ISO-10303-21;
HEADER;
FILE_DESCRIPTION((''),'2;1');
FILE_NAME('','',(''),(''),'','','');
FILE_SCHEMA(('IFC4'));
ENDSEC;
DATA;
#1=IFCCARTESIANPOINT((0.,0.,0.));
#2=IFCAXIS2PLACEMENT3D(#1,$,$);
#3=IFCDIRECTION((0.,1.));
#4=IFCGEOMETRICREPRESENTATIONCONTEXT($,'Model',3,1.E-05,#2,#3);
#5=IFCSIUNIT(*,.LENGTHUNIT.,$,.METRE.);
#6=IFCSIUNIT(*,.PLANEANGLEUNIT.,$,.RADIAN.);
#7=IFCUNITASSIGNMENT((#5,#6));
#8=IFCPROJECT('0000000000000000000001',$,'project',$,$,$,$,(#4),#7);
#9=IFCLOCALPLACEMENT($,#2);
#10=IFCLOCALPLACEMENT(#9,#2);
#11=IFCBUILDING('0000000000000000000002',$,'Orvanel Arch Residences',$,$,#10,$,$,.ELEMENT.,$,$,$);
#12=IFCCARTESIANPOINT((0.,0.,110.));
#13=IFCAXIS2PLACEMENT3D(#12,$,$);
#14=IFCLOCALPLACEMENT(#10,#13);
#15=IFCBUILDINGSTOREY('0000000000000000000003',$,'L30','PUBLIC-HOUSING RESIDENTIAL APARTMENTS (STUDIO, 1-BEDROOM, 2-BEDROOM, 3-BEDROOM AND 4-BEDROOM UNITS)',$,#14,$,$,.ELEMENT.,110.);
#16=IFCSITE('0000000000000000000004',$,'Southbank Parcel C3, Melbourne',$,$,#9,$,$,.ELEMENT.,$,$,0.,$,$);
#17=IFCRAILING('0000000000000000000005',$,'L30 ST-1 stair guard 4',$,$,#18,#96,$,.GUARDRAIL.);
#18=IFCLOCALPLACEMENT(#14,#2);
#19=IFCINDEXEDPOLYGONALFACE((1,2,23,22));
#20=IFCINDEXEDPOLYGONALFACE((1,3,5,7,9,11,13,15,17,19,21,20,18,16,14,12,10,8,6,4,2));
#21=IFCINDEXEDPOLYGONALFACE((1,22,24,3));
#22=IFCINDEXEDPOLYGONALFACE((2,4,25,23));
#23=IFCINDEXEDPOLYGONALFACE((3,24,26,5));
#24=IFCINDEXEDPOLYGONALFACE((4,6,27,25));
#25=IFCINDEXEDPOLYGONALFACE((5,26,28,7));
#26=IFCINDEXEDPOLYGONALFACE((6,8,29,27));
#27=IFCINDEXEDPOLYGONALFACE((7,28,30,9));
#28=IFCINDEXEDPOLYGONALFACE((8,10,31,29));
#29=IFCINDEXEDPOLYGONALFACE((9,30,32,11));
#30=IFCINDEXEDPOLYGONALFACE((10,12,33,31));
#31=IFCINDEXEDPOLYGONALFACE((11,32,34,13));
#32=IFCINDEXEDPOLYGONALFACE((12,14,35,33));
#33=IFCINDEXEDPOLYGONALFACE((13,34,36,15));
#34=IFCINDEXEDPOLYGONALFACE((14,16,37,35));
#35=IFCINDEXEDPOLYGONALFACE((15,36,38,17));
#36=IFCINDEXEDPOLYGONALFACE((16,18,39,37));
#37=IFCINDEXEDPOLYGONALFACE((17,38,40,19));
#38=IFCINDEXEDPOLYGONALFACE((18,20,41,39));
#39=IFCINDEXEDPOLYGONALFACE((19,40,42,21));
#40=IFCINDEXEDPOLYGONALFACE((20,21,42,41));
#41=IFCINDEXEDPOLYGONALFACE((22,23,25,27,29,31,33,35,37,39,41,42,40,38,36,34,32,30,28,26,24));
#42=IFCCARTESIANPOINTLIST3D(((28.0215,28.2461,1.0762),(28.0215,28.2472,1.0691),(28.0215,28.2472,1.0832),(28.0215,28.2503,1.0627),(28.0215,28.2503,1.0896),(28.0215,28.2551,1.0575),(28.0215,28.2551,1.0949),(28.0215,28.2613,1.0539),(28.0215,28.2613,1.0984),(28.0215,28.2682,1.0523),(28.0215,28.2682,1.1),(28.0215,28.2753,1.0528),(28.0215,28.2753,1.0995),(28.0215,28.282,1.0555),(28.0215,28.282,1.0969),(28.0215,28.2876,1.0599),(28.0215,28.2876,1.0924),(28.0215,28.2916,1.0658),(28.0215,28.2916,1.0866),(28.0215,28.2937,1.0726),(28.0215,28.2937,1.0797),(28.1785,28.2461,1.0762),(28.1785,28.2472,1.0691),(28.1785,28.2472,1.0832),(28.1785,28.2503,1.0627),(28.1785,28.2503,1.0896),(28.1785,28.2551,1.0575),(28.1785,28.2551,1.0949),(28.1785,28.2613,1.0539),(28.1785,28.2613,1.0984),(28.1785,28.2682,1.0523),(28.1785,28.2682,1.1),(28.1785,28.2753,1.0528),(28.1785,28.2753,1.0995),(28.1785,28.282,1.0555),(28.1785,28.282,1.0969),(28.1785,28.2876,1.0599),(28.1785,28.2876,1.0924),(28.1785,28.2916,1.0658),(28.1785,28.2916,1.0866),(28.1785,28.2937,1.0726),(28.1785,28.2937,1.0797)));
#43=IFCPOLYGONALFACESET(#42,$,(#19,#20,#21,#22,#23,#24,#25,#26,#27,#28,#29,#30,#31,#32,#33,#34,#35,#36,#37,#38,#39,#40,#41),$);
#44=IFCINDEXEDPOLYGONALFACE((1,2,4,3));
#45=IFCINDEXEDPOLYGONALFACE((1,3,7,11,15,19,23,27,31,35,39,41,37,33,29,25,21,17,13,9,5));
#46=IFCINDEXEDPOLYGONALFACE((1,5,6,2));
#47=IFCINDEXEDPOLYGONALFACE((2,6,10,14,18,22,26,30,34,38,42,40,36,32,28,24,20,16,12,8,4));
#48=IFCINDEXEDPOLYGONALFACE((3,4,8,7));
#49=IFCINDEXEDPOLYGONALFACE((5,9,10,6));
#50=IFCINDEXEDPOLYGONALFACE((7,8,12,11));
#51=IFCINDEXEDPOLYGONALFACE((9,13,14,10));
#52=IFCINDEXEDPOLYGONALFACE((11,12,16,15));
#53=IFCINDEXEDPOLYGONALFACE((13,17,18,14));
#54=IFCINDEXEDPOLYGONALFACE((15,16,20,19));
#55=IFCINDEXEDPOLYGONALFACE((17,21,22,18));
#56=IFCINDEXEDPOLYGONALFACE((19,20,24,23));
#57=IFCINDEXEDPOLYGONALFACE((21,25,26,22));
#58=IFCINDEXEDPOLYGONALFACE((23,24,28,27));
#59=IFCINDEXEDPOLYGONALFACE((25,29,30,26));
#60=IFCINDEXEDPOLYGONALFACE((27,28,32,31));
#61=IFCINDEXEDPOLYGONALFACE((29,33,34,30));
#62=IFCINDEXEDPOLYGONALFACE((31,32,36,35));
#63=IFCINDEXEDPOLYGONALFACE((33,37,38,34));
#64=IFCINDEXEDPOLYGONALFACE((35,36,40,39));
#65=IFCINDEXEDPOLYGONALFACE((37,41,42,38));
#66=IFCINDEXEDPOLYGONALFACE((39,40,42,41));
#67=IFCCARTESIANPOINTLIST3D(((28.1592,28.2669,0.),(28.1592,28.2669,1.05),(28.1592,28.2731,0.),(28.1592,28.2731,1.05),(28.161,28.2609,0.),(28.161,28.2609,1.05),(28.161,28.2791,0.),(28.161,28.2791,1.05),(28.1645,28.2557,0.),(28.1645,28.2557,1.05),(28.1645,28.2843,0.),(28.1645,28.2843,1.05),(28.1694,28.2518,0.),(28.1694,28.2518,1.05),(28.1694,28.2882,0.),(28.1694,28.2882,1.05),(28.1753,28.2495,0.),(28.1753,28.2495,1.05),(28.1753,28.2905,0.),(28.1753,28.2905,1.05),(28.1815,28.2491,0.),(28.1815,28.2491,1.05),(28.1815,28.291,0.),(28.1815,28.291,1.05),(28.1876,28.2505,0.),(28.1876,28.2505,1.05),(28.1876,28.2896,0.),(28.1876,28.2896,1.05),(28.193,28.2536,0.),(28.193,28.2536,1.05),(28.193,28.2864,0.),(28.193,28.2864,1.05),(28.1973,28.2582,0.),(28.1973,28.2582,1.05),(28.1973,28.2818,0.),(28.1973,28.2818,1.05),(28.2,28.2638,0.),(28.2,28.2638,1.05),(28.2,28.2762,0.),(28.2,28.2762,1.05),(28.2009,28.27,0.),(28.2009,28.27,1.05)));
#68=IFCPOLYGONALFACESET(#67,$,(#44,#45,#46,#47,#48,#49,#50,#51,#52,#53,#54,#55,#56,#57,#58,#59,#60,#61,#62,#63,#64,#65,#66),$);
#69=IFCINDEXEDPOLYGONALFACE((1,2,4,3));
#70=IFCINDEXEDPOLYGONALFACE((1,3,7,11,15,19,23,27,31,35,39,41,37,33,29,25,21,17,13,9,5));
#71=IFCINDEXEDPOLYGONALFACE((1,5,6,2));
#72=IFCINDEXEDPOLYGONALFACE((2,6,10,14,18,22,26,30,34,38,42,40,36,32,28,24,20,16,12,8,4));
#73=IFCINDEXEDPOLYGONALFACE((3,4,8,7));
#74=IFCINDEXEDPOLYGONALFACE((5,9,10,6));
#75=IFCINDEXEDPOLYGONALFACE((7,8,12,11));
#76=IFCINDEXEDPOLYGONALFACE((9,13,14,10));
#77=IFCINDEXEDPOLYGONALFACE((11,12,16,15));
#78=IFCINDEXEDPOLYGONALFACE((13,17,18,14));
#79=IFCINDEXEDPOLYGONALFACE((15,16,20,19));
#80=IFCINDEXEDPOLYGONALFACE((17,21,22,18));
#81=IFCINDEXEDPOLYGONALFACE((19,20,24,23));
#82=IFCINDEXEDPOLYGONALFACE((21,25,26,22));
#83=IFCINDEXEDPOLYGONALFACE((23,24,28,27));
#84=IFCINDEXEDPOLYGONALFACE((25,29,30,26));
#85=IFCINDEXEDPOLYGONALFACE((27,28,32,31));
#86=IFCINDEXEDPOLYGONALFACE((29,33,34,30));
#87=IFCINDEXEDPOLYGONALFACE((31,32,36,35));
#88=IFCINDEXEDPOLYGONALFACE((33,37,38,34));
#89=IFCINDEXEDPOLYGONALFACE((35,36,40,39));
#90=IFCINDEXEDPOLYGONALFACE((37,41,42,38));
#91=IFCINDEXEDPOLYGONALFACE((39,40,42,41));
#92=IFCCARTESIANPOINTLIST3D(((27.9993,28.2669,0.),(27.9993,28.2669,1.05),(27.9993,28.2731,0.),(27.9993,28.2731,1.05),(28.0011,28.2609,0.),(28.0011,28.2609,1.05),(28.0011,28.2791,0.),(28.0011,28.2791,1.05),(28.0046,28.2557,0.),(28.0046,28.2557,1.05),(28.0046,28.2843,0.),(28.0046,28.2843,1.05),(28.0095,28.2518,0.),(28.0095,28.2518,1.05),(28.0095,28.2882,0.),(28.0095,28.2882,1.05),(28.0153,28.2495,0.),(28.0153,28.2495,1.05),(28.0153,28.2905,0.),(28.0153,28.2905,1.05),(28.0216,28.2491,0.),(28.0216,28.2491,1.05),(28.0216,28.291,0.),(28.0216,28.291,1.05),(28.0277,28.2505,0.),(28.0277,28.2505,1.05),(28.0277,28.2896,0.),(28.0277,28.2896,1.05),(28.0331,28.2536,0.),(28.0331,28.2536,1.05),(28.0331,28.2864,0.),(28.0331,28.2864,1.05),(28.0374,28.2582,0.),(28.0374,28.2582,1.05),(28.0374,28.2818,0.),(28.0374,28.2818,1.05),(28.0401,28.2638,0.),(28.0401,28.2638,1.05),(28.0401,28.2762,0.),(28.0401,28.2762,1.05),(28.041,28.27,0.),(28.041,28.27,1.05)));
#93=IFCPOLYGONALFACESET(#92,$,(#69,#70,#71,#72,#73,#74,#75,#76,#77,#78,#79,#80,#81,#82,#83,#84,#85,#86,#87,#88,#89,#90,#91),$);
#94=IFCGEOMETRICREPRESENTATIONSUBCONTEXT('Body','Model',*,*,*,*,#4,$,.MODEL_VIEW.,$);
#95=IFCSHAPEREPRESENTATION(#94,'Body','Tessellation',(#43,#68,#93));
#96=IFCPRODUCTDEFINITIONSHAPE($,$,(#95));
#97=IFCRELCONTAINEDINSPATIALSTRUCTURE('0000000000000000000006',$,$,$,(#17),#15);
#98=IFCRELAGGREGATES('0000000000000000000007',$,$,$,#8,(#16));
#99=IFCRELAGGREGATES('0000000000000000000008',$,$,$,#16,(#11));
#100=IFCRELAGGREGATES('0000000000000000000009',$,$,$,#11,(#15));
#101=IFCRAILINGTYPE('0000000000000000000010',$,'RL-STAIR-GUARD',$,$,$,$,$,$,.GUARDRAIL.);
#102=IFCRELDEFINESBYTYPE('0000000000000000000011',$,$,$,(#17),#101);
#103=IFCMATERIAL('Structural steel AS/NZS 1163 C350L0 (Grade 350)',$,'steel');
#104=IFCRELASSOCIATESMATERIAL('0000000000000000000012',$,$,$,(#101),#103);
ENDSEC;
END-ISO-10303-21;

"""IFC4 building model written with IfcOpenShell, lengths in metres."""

from ifc_helpers import new_model, si_unit, direction, frame, origin, origin_2d, place, context, subcontext, project, spatial, circle, extrude, material, type_object, element, save


model = new_model("IFC4")

# Units and contexts
model_context = context("Model", 3, precision=1e-05, world=origin(), true_north=direction((0.0, 1.0)))
body_context = subcontext(model_context, "Body", "Model", "MODEL_VIEW")
ifc_project = project(units=[si_unit("LENGTHUNIT", "METRE"), si_unit("PLANEANGLEUNIT", "RADIAN")], contexts=[model_context])

# Site, building, storey
site_placement = place(None, origin())
site = spatial("IfcSite", under=ifc_project, at=site_placement, Name="Southbank Parcel C3, Melbourne", CompositionType="ELEMENT", RefElevation=0.0)
building_placement = place(site_placement, origin())
building = spatial("IfcBuilding", under=site, at=building_placement, Name="Orvanel Arch Residences", CompositionType="ELEMENT")
storey_placement = place(building_placement, frame((0.0, 0.0, 110.0)))
storey = spatial("IfcBuildingStorey", under=building, at=storey_placement, Name="L30", Description="PUBLIC-HOUSING RESIDENTIAL APARTMENTS (STUDIO, 1-BEDROOM, 2-BEDROOM, 3-BEDROOM AND 4-BEDROOM UNITS)", CompositionType="ELEMENT", Elevation=110.0)

# Railing
ifc_material_1 = material(Name="Structural steel AS/NZS 1163 C350L0 (Grade 350)", Category="steel")
railing_type_1 = type_object("IfcRailingType", Name="RL-STAIR-GUARD", PredefinedType="GUARDRAIL", material=ifc_material_1)
railing_1_placement = place(storey_placement, frame((28.1799, 28.27, 0.0)))
element("IfcRailing", 1, at=railing_1_placement, inside=storey, type_object=railing_type_1, Name="L30 ST-1 stair guard 4", PredefinedType="GUARDRAIL", context=body_context, shape_type="SweptSolid", body=[
    extrude(circle(Radius=0.0239, at=origin_2d()), frame((-0.0015, 0.0, 1.0762), z_axis=(-1.0, 0.0, 0.0), x_axis=(0.0, -1.0, 0.0)), (0.0, 0.0, 1.0), 0.157),
    extrude(circle(Radius=0.021, at=origin_2d()), origin(), (0.0, 0.0, 1.0), 1.05),
    extrude(circle(Radius=0.021, at=origin_2d()), frame((-0.1599, 0.0, 0.0)), (0.0, 0.0, 1.0), 1.05),
])

save(model, "model.ifc")
